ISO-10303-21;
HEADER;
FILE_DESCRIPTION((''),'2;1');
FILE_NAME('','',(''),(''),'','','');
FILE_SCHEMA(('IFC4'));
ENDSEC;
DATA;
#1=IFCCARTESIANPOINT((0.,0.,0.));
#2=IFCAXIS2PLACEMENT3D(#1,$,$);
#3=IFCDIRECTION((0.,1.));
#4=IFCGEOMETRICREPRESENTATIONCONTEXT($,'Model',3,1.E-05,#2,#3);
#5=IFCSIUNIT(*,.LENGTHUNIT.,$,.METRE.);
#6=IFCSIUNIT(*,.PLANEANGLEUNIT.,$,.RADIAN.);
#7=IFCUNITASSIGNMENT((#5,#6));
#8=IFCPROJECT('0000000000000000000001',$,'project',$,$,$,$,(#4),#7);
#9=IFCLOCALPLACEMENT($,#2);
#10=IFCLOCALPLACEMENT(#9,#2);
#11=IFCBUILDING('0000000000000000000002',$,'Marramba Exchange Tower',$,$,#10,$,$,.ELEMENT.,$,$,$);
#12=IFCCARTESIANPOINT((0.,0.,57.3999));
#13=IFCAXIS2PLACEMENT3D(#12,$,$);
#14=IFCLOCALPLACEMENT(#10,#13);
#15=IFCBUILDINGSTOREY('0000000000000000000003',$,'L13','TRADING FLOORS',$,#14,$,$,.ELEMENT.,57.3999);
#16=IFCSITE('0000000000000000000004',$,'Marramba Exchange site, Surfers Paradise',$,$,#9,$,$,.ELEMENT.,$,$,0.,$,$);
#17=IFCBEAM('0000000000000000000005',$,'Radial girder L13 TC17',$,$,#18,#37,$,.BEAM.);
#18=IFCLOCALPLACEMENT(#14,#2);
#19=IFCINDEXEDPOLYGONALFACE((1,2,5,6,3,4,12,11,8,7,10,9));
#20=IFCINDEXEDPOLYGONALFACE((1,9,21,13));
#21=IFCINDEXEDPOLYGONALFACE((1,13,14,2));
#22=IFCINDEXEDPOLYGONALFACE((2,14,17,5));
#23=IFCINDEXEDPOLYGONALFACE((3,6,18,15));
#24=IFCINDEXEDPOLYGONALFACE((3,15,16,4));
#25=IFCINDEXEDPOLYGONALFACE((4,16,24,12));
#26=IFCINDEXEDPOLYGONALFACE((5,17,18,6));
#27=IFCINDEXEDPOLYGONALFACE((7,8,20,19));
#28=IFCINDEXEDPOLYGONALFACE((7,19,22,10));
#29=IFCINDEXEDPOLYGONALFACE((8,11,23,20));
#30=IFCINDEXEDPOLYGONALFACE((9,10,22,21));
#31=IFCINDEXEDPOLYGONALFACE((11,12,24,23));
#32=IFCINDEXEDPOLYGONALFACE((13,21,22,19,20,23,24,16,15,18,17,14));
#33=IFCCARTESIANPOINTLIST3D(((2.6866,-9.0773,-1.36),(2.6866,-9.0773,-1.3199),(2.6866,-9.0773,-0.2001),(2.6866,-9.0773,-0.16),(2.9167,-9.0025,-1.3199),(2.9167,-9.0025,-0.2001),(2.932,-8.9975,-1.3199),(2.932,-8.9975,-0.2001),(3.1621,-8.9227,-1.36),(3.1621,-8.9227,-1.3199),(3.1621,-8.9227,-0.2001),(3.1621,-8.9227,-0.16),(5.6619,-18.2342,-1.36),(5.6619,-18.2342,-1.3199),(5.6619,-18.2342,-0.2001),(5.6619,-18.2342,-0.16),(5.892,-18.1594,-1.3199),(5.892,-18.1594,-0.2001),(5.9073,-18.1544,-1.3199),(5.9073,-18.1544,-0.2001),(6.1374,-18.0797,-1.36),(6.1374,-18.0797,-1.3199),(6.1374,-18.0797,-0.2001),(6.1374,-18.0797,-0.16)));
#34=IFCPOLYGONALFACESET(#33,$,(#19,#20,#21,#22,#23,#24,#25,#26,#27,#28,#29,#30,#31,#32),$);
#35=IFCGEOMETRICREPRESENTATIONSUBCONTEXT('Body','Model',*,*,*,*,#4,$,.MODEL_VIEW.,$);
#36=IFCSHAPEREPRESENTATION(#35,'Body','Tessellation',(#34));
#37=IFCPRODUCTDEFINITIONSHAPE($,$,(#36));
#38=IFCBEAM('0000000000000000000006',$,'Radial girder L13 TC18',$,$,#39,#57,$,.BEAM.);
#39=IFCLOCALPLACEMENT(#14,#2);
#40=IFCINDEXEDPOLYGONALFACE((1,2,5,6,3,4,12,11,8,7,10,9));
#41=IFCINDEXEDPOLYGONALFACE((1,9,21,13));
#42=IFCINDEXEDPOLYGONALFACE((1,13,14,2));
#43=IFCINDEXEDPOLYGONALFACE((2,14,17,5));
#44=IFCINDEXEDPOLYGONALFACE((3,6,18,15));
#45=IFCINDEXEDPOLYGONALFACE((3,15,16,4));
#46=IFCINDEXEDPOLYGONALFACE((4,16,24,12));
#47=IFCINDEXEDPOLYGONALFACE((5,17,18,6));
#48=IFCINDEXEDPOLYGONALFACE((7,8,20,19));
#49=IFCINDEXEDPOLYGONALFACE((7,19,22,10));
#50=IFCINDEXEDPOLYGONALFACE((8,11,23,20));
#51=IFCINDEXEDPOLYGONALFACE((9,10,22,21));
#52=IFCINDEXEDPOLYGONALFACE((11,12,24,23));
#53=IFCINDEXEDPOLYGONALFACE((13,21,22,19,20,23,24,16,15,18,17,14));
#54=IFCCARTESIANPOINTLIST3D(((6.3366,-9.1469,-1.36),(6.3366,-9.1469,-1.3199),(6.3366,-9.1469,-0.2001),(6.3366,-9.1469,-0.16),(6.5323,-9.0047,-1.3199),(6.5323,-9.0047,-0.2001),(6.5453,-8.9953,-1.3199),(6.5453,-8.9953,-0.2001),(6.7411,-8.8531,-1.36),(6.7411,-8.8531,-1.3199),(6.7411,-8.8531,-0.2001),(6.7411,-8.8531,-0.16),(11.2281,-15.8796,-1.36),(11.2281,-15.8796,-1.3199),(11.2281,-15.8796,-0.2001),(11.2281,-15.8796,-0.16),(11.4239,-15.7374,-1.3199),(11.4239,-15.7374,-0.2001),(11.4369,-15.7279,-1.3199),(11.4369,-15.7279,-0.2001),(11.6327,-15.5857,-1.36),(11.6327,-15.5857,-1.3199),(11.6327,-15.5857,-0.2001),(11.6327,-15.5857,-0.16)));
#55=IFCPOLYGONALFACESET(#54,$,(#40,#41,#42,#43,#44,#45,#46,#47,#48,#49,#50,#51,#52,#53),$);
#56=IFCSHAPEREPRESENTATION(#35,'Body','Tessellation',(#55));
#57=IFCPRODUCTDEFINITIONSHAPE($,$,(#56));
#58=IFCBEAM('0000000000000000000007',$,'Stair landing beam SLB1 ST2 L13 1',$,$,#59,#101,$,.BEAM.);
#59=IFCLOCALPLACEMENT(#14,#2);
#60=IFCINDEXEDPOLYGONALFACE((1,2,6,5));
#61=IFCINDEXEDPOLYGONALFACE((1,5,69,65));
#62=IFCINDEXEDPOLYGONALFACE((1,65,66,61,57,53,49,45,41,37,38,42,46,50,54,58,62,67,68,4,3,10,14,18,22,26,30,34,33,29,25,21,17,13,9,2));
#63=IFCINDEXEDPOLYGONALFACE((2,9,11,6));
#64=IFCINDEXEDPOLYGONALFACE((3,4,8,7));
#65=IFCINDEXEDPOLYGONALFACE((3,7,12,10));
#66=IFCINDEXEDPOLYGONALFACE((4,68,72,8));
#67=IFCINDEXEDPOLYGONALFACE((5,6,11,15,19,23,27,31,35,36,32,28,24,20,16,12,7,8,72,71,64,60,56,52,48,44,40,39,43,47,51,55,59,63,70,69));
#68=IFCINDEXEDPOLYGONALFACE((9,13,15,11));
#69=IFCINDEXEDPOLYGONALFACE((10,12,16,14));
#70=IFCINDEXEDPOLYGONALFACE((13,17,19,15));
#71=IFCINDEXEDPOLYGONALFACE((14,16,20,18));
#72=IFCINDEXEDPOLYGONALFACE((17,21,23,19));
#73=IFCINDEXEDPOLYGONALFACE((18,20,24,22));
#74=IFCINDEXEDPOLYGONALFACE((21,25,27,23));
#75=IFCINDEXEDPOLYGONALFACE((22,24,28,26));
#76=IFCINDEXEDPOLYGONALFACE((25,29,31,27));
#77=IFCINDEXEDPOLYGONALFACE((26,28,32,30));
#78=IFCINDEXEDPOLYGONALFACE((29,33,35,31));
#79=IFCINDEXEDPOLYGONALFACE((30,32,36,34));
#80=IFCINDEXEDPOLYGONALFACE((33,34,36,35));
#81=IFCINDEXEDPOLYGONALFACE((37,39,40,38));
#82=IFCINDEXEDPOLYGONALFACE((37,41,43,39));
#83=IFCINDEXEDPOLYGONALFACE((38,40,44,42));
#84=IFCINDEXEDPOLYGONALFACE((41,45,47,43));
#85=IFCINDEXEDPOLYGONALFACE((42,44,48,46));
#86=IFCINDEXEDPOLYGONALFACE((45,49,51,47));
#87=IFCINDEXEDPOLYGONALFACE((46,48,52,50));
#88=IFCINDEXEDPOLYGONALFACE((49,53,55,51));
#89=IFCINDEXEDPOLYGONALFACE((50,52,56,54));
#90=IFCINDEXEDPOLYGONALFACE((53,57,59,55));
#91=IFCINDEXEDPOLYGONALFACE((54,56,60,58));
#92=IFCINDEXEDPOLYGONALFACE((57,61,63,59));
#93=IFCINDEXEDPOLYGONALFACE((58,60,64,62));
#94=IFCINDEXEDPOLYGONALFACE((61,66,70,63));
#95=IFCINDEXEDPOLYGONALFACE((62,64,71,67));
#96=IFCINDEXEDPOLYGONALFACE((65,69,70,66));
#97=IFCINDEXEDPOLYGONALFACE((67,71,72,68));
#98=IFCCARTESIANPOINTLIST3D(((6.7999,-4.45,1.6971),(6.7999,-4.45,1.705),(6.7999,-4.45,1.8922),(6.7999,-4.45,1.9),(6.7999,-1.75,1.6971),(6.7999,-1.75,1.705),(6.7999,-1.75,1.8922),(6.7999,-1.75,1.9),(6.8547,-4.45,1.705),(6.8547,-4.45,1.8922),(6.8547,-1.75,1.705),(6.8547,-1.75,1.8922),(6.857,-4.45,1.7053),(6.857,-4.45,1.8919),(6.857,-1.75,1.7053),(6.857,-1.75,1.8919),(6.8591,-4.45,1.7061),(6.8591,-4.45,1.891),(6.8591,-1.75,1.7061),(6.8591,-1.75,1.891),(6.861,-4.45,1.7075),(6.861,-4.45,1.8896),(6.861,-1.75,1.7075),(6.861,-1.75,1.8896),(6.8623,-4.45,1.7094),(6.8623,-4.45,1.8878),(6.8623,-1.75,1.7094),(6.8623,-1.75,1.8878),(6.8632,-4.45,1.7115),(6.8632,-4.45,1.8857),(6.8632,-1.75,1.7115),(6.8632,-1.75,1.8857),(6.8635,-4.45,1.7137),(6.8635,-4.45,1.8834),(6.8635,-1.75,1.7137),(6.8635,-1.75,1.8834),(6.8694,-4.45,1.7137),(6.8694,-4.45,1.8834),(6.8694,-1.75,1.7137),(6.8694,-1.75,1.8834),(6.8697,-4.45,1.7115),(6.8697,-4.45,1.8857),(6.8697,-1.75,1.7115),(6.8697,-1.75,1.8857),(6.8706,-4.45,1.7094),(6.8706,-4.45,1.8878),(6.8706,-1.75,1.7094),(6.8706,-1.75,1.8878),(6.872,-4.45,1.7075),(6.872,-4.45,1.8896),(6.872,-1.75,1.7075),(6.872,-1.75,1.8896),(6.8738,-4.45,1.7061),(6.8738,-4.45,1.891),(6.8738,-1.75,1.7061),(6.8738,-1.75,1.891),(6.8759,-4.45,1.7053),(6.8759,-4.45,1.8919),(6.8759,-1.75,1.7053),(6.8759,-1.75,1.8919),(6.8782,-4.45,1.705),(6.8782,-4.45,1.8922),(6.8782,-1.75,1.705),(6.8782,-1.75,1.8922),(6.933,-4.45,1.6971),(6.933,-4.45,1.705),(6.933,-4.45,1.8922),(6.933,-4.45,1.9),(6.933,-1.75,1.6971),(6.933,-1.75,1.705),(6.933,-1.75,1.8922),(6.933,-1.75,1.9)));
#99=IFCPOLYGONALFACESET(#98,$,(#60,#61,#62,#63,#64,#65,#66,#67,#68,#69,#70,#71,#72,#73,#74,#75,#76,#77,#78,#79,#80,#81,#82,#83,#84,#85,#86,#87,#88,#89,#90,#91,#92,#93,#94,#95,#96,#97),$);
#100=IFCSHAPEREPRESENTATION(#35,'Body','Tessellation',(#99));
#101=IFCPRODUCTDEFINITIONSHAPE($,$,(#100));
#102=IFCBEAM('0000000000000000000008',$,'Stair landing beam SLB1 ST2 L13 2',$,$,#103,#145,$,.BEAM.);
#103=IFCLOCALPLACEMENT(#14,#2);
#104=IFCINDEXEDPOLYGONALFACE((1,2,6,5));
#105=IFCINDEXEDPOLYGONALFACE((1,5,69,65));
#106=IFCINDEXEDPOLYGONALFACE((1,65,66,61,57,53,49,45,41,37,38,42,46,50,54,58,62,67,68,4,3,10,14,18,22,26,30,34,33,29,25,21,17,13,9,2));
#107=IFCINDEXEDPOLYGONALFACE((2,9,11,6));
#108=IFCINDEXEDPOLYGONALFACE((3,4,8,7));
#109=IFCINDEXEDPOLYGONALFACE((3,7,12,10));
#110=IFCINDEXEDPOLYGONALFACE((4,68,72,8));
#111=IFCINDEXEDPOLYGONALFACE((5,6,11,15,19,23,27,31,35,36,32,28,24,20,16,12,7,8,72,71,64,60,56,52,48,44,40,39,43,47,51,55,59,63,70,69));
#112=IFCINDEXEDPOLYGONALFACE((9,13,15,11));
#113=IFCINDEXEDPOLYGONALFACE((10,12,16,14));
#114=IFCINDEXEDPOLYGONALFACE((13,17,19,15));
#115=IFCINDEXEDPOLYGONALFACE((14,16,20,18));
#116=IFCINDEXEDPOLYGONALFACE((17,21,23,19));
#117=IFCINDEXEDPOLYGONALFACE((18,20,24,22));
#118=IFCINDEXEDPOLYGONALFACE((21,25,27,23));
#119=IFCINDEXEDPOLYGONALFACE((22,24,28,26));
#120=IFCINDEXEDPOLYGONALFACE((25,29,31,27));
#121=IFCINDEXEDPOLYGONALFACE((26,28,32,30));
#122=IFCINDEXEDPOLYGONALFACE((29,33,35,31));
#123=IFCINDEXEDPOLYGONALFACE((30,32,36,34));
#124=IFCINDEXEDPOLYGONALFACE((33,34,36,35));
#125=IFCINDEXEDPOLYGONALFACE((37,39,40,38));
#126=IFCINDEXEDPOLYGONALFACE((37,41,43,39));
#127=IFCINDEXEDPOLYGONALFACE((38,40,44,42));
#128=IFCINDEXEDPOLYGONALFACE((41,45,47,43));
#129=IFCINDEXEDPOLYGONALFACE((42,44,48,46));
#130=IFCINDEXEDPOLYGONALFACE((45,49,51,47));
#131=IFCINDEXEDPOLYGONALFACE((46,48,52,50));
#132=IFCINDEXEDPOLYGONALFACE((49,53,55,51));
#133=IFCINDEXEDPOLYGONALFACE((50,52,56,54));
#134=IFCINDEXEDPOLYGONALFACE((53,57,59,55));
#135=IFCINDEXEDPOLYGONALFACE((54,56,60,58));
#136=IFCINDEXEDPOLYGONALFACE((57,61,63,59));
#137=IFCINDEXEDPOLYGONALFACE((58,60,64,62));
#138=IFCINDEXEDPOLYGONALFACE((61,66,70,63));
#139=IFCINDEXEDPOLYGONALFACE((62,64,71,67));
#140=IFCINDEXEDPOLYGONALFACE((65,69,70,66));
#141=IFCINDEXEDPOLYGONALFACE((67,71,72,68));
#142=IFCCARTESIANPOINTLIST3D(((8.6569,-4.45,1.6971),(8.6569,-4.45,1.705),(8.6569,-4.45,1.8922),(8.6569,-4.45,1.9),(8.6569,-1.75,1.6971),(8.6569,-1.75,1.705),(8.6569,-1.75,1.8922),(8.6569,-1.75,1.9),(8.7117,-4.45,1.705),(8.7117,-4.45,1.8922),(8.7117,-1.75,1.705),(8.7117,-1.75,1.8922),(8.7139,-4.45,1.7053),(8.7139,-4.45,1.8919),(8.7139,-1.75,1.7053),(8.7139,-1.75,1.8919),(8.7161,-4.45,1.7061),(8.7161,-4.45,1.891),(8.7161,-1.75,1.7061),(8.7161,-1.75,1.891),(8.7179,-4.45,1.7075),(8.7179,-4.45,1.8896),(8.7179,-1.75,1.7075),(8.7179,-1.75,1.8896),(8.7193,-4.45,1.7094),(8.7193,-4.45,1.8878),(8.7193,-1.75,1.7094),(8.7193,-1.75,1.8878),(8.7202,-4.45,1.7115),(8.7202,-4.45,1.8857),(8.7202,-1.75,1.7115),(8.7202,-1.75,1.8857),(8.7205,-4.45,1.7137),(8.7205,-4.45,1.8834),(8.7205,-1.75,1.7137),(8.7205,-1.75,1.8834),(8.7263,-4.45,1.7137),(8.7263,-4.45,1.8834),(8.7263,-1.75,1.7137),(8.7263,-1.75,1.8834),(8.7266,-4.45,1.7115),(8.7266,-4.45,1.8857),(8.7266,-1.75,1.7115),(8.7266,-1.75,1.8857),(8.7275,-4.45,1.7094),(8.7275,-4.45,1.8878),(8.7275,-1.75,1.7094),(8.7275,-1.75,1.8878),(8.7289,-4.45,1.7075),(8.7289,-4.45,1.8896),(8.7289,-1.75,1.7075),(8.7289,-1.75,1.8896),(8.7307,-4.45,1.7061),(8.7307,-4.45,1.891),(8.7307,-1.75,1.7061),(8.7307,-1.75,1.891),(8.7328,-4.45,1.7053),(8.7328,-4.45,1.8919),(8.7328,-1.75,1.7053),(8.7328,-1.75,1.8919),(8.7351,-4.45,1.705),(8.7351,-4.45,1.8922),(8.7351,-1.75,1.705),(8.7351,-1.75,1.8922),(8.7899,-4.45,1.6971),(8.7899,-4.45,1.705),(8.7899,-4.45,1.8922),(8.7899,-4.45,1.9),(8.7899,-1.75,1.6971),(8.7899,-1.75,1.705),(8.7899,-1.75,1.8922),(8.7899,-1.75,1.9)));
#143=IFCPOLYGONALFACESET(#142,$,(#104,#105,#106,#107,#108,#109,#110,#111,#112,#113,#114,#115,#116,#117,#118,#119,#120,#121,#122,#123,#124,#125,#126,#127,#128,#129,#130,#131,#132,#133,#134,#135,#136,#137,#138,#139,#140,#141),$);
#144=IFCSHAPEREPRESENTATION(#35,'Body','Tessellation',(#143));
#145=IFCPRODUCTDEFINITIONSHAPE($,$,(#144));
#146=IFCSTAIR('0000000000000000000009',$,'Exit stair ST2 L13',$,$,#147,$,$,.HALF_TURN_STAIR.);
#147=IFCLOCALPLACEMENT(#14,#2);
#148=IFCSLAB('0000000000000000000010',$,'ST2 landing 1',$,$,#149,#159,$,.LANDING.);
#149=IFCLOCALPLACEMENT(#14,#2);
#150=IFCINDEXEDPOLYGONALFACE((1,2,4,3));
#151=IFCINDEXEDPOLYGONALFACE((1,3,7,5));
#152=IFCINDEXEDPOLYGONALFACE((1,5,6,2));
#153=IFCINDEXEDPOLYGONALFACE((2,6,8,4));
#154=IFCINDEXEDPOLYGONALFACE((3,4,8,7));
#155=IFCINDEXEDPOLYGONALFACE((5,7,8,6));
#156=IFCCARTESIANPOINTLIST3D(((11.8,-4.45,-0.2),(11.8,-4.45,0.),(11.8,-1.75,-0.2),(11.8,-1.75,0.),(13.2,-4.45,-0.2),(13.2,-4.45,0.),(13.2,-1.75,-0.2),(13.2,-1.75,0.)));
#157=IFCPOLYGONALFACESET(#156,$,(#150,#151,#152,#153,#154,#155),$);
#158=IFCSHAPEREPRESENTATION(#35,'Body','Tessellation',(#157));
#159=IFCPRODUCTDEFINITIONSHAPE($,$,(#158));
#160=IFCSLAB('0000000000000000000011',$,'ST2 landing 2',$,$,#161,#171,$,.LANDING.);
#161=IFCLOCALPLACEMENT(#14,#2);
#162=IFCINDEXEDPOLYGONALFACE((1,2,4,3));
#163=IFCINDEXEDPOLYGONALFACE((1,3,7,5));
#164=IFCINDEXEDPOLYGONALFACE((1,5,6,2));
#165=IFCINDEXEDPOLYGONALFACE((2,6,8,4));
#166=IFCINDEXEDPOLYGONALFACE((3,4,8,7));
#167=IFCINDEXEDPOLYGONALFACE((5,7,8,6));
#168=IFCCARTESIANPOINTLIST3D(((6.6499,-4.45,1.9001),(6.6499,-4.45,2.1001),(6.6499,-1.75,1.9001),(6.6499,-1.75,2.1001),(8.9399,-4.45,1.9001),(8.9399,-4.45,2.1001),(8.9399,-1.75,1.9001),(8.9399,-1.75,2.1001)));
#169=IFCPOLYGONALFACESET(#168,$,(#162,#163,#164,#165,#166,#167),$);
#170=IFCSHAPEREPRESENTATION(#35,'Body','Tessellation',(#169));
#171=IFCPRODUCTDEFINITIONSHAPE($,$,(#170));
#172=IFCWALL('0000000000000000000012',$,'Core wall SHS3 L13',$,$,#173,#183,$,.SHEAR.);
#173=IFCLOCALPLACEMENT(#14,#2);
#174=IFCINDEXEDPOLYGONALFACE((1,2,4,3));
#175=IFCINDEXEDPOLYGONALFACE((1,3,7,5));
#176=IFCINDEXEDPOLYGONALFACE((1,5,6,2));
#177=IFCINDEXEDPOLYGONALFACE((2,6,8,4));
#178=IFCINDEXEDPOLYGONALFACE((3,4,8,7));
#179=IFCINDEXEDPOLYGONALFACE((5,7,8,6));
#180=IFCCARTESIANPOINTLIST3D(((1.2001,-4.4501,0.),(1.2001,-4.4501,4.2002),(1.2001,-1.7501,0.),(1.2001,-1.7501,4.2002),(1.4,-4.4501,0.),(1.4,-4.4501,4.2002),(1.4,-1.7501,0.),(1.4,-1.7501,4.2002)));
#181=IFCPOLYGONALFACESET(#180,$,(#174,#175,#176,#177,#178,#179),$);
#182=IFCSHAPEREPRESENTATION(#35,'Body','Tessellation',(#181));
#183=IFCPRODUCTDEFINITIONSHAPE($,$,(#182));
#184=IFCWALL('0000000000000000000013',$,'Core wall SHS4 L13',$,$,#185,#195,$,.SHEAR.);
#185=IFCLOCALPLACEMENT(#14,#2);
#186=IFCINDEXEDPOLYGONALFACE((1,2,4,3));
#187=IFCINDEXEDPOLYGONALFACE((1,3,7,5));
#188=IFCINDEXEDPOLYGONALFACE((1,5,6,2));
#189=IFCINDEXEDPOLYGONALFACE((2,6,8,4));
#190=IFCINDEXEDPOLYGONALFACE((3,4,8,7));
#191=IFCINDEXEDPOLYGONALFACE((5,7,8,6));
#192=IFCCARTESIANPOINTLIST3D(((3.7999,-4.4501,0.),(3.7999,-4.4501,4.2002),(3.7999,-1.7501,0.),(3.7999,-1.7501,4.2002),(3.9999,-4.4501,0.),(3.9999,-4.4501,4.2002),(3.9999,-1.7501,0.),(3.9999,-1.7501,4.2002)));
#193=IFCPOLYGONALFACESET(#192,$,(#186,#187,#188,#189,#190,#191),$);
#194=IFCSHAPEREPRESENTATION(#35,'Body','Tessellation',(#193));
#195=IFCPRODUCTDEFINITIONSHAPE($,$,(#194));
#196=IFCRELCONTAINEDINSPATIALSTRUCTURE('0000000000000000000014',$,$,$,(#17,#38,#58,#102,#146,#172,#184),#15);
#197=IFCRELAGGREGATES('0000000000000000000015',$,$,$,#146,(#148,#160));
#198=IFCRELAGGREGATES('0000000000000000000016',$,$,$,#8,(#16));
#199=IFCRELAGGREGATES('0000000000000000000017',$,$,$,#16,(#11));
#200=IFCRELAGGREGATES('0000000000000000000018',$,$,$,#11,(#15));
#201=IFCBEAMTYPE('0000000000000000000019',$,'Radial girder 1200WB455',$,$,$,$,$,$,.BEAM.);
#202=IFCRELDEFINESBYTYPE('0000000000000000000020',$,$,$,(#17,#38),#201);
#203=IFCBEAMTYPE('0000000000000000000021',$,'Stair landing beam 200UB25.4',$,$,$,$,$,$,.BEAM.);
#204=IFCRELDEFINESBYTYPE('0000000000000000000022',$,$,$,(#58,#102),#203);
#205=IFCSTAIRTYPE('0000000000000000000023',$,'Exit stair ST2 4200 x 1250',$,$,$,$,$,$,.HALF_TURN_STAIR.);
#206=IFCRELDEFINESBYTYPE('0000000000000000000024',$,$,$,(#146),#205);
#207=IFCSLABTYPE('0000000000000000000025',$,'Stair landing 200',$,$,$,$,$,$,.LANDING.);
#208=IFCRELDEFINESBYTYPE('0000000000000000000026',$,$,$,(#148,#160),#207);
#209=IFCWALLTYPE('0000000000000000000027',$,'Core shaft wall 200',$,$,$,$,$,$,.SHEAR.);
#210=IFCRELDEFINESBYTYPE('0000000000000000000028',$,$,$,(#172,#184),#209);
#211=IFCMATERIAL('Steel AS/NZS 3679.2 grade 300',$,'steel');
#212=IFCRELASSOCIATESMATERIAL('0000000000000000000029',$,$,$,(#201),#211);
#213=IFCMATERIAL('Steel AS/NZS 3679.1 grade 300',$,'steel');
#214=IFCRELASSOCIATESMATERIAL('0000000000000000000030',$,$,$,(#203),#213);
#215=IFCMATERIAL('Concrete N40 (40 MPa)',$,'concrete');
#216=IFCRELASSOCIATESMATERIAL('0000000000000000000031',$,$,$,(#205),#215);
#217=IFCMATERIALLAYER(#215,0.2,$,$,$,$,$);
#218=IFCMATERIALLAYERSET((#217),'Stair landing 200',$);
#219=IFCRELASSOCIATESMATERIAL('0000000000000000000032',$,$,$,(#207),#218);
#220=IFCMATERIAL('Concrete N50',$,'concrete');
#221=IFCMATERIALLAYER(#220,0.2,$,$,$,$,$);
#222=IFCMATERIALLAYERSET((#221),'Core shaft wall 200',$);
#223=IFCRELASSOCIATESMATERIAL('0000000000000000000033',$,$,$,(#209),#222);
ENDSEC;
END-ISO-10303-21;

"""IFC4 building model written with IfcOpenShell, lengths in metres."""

from ifc_helpers import new_model, si_unit, direction, frame, frame_2d, origin, origin_2d, place, context, subcontext, project, spatial, polyline, rectangle, i_section, outline, extrude, material, layer, layer_set, material_profile, profile_set, type_object, element, aggregate, save


model = new_model("IFC4")

# Units and contexts
model_context = context("Model", 3, precision=1e-05, world=origin(), true_north=direction((0.0, 1.0)))
body_context = subcontext(model_context, "Body", "Model", "MODEL_VIEW")
ifc_project = project(units=[si_unit("LENGTHUNIT", "METRE"), si_unit("PLANEANGLEUNIT", "RADIAN")], contexts=[model_context])

# Site, building, storey
site_placement = place(None, origin())
site = spatial("IfcSite", under=ifc_project, at=site_placement, Name="Marramba Exchange site, Surfers Paradise", CompositionType="ELEMENT", RefElevation=0.0)
building_placement = place(site_placement, origin())
building = spatial("IfcBuilding", under=site, at=building_placement, Name="Marramba Exchange Tower", CompositionType="ELEMENT")
storey_placement = place(building_placement, frame((0.0, 0.0, 57.3999)))
storey = spatial("IfcBuildingStorey", under=building, at=storey_placement, Name="L13", Description="TRADING FLOORS", CompositionType="ELEMENT", Elevation=57.3999)

# Beams
ifc_material_1 = material(Name="Steel AS/NZS 3679.2 grade 300", Category="steel")
ifc_material_profile_1 = material_profile(ifc_material_1, i_section(OverallWidth=0.5, OverallDepth=1.2, WebThickness=0.0161, FlangeThickness=0.04, at=origin_2d()), Name="1200WB455")
ifc_profile_set_1 = profile_set([ifc_material_profile_1], Name="Steel AS/NZS 3679.2 grade 300")
beam_type_1 = type_object("IfcBeamType", Name="Radial girder 1200WB455", PredefinedType="BEAM", material=ifc_profile_set_1)
beam_1_placement = place(storey_placement, frame((2.9243, -9.0, -0.76), z_axis=(0.309022, -0.951055, 0.0), x_axis=(0.951055, 0.309022, 0.0)))
element("IfcBeam", 1, at=beam_1_placement, inside=storey, type_object=beam_type_1, Name="Radial girder L13 TC17", PredefinedType="BEAM", context=body_context, shape_type="SweptSolid", body=[
    extrude(i_section(OverallWidth=0.5, OverallDepth=1.2, WebThickness=0.0161, FlangeThickness=0.04, at=origin_2d()), origin(), (0.0, 0.0, 1.0), 9.6282),
])
beam_2_placement = place(storey_placement, frame((6.5388, -9.0, -0.76), z_axis=(0.587788, -0.809015, 0.0), x_axis=(0.809015, 0.587788, 0.0)))
element("IfcBeam", 2, at=beam_2_placement, inside=storey, type_object=beam_type_1, Name="Radial girder L13 TC18", PredefinedType="BEAM", context=body_context, shape_type="SweptSolid", body=[
    extrude(i_section(OverallWidth=0.5, OverallDepth=1.2, WebThickness=0.0161, FlangeThickness=0.04, at=origin_2d()), origin(), (0.0, 0.0, 1.0), 8.322),
])
ifc_material_2 = material(Name="Steel AS/NZS 3679.1 grade 300", Category="steel")
ifc_material_profile_2 = material_profile(ifc_material_2, i_section(OverallWidth=0.1331, OverallDepth=0.2029, WebThickness=0.0059, FlangeThickness=0.0078, FilletRadius=0.0088, at=origin_2d()), Name="200UB25.4")
ifc_profile_set_2 = profile_set([ifc_material_profile_2], Name="Steel AS/NZS 3679.1 grade 300")
beam_type_2 = type_object("IfcBeamType", Name="Stair landing beam 200UB25.4", PredefinedType="BEAM", material=ifc_profile_set_2)
for number, where, z_axis, x_axis, name in (
    (3, (6.8665, -4.45, 1.7986), (0.0, 1.0, 0.0), (-1.0, 0.0, 0.0), "Stair landing beam SLB1 ST2 L13 1"),
    (4, (8.7234, -4.45, 1.7986), (0.0, 1.0, 0.0), (-1.0, 0.0, 0.0), "Stair landing beam SLB1 ST2 L13 2"),
):
    element("IfcBeam", number, at=place(storey_placement, frame(where, z_axis=z_axis, x_axis=x_axis)), inside=storey, type_object=beam_type_2, Name=name, PredefinedType="BEAM", context=body_context, shape_type="SweptSolid", body=[
        extrude(i_section(OverallWidth=0.1331, OverallDepth=0.2029, WebThickness=0.0059, FlangeThickness=0.0078, FilletRadius=0.0088, at=origin_2d()), origin(), (0.0, 0.0, 1.0), 2.7),
    ])

# Stair, slabs
ifc_material_3 = material(Name="Concrete N40 (40 MPa)", Category="concrete")
stair_type = type_object("IfcStairType", Name="Exit stair ST2 4200 x 1250", PredefinedType="HALF_TURN_STAIR", material=ifc_material_3)
stair_placement = place(storey_placement, origin())
stair = element("IfcStair", 5, at=stair_placement, inside=storey, type_object=stair_type, Name="Exit stair ST2 L13", PredefinedType="HALF_TURN_STAIR")
ifc_layer_1 = layer(ifc_material_3, 0.2)
ifc_layer_set_1 = layer_set([ifc_layer_1], Name="Stair landing 200")
slab_type = type_object("IfcSlabType", Name="Stair landing 200", PredefinedType="LANDING", material=ifc_layer_set_1)
slab_1_placement = place(storey_placement, frame((0.0, 0.0, -0.2)))
slab_1 = element("IfcSlab", 6, at=slab_1_placement, type_object=slab_type, Name="ST2 landing 1", PredefinedType="LANDING", context=body_context, shape_type="SweptSolid", body=[
    extrude(outline(polyline([(11.8, -4.45), (13.2, -4.45), (13.2, -1.75), (11.8, -1.75), (11.8, -4.45)])), origin(), (0.0, 0.0, 1.0), 0.2),
])
slab_2_placement = place(storey_placement, frame((0.0, 0.0, 1.9001)))
slab_2 = element("IfcSlab", 7, at=slab_2_placement, type_object=slab_type, Name="ST2 landing 2", PredefinedType="LANDING", context=body_context, shape_type="SweptSolid", body=[
    extrude(outline(polyline([(6.6499, -4.45), (8.9399, -4.45), (8.9399, -1.75), (6.6499, -1.75), (6.6499, -4.45)])), origin(), (0.0, 0.0, 1.0), 0.2),
])

# Walls
ifc_material_4 = material(Name="Concrete N50", Category="concrete")
ifc_layer_2 = layer(ifc_material_4, 0.2)
ifc_layer_set_2 = layer_set([ifc_layer_2], Name="Core shaft wall 200")
wall_type_1 = type_object("IfcWallType", Name="Core shaft wall 200", PredefinedType="SHEAR", material=ifc_layer_set_2)
for number, where, z_axis, x_axis, name in (
    (8, (1.3, -1.75, 0.0), (0.0, 0.0, 1.0), (0.0, -1.0, 0.0), "Core wall SHS3 L13"),
    (9, (3.8999, -1.75, 0.0), (0.0, 0.0, 1.0), (0.0, -1.0, 0.0), "Core wall SHS4 L13"),
):
    element("IfcWall", number, at=place(storey_placement, frame(where, z_axis=z_axis, x_axis=x_axis)), inside=storey, type_object=wall_type_1, Name=name, PredefinedType="SHEAR", context=body_context, shape_type="SweptSolid", body=[
        extrude(rectangle(XDim=2.7, YDim=0.2, at=frame_2d((1.3501, 0.0))), origin(), (0.0, 0.0, 1.0), 4.2002),
    ])

aggregate(stair, [slab_1, slab_2])

save(model, "model.ifc")
